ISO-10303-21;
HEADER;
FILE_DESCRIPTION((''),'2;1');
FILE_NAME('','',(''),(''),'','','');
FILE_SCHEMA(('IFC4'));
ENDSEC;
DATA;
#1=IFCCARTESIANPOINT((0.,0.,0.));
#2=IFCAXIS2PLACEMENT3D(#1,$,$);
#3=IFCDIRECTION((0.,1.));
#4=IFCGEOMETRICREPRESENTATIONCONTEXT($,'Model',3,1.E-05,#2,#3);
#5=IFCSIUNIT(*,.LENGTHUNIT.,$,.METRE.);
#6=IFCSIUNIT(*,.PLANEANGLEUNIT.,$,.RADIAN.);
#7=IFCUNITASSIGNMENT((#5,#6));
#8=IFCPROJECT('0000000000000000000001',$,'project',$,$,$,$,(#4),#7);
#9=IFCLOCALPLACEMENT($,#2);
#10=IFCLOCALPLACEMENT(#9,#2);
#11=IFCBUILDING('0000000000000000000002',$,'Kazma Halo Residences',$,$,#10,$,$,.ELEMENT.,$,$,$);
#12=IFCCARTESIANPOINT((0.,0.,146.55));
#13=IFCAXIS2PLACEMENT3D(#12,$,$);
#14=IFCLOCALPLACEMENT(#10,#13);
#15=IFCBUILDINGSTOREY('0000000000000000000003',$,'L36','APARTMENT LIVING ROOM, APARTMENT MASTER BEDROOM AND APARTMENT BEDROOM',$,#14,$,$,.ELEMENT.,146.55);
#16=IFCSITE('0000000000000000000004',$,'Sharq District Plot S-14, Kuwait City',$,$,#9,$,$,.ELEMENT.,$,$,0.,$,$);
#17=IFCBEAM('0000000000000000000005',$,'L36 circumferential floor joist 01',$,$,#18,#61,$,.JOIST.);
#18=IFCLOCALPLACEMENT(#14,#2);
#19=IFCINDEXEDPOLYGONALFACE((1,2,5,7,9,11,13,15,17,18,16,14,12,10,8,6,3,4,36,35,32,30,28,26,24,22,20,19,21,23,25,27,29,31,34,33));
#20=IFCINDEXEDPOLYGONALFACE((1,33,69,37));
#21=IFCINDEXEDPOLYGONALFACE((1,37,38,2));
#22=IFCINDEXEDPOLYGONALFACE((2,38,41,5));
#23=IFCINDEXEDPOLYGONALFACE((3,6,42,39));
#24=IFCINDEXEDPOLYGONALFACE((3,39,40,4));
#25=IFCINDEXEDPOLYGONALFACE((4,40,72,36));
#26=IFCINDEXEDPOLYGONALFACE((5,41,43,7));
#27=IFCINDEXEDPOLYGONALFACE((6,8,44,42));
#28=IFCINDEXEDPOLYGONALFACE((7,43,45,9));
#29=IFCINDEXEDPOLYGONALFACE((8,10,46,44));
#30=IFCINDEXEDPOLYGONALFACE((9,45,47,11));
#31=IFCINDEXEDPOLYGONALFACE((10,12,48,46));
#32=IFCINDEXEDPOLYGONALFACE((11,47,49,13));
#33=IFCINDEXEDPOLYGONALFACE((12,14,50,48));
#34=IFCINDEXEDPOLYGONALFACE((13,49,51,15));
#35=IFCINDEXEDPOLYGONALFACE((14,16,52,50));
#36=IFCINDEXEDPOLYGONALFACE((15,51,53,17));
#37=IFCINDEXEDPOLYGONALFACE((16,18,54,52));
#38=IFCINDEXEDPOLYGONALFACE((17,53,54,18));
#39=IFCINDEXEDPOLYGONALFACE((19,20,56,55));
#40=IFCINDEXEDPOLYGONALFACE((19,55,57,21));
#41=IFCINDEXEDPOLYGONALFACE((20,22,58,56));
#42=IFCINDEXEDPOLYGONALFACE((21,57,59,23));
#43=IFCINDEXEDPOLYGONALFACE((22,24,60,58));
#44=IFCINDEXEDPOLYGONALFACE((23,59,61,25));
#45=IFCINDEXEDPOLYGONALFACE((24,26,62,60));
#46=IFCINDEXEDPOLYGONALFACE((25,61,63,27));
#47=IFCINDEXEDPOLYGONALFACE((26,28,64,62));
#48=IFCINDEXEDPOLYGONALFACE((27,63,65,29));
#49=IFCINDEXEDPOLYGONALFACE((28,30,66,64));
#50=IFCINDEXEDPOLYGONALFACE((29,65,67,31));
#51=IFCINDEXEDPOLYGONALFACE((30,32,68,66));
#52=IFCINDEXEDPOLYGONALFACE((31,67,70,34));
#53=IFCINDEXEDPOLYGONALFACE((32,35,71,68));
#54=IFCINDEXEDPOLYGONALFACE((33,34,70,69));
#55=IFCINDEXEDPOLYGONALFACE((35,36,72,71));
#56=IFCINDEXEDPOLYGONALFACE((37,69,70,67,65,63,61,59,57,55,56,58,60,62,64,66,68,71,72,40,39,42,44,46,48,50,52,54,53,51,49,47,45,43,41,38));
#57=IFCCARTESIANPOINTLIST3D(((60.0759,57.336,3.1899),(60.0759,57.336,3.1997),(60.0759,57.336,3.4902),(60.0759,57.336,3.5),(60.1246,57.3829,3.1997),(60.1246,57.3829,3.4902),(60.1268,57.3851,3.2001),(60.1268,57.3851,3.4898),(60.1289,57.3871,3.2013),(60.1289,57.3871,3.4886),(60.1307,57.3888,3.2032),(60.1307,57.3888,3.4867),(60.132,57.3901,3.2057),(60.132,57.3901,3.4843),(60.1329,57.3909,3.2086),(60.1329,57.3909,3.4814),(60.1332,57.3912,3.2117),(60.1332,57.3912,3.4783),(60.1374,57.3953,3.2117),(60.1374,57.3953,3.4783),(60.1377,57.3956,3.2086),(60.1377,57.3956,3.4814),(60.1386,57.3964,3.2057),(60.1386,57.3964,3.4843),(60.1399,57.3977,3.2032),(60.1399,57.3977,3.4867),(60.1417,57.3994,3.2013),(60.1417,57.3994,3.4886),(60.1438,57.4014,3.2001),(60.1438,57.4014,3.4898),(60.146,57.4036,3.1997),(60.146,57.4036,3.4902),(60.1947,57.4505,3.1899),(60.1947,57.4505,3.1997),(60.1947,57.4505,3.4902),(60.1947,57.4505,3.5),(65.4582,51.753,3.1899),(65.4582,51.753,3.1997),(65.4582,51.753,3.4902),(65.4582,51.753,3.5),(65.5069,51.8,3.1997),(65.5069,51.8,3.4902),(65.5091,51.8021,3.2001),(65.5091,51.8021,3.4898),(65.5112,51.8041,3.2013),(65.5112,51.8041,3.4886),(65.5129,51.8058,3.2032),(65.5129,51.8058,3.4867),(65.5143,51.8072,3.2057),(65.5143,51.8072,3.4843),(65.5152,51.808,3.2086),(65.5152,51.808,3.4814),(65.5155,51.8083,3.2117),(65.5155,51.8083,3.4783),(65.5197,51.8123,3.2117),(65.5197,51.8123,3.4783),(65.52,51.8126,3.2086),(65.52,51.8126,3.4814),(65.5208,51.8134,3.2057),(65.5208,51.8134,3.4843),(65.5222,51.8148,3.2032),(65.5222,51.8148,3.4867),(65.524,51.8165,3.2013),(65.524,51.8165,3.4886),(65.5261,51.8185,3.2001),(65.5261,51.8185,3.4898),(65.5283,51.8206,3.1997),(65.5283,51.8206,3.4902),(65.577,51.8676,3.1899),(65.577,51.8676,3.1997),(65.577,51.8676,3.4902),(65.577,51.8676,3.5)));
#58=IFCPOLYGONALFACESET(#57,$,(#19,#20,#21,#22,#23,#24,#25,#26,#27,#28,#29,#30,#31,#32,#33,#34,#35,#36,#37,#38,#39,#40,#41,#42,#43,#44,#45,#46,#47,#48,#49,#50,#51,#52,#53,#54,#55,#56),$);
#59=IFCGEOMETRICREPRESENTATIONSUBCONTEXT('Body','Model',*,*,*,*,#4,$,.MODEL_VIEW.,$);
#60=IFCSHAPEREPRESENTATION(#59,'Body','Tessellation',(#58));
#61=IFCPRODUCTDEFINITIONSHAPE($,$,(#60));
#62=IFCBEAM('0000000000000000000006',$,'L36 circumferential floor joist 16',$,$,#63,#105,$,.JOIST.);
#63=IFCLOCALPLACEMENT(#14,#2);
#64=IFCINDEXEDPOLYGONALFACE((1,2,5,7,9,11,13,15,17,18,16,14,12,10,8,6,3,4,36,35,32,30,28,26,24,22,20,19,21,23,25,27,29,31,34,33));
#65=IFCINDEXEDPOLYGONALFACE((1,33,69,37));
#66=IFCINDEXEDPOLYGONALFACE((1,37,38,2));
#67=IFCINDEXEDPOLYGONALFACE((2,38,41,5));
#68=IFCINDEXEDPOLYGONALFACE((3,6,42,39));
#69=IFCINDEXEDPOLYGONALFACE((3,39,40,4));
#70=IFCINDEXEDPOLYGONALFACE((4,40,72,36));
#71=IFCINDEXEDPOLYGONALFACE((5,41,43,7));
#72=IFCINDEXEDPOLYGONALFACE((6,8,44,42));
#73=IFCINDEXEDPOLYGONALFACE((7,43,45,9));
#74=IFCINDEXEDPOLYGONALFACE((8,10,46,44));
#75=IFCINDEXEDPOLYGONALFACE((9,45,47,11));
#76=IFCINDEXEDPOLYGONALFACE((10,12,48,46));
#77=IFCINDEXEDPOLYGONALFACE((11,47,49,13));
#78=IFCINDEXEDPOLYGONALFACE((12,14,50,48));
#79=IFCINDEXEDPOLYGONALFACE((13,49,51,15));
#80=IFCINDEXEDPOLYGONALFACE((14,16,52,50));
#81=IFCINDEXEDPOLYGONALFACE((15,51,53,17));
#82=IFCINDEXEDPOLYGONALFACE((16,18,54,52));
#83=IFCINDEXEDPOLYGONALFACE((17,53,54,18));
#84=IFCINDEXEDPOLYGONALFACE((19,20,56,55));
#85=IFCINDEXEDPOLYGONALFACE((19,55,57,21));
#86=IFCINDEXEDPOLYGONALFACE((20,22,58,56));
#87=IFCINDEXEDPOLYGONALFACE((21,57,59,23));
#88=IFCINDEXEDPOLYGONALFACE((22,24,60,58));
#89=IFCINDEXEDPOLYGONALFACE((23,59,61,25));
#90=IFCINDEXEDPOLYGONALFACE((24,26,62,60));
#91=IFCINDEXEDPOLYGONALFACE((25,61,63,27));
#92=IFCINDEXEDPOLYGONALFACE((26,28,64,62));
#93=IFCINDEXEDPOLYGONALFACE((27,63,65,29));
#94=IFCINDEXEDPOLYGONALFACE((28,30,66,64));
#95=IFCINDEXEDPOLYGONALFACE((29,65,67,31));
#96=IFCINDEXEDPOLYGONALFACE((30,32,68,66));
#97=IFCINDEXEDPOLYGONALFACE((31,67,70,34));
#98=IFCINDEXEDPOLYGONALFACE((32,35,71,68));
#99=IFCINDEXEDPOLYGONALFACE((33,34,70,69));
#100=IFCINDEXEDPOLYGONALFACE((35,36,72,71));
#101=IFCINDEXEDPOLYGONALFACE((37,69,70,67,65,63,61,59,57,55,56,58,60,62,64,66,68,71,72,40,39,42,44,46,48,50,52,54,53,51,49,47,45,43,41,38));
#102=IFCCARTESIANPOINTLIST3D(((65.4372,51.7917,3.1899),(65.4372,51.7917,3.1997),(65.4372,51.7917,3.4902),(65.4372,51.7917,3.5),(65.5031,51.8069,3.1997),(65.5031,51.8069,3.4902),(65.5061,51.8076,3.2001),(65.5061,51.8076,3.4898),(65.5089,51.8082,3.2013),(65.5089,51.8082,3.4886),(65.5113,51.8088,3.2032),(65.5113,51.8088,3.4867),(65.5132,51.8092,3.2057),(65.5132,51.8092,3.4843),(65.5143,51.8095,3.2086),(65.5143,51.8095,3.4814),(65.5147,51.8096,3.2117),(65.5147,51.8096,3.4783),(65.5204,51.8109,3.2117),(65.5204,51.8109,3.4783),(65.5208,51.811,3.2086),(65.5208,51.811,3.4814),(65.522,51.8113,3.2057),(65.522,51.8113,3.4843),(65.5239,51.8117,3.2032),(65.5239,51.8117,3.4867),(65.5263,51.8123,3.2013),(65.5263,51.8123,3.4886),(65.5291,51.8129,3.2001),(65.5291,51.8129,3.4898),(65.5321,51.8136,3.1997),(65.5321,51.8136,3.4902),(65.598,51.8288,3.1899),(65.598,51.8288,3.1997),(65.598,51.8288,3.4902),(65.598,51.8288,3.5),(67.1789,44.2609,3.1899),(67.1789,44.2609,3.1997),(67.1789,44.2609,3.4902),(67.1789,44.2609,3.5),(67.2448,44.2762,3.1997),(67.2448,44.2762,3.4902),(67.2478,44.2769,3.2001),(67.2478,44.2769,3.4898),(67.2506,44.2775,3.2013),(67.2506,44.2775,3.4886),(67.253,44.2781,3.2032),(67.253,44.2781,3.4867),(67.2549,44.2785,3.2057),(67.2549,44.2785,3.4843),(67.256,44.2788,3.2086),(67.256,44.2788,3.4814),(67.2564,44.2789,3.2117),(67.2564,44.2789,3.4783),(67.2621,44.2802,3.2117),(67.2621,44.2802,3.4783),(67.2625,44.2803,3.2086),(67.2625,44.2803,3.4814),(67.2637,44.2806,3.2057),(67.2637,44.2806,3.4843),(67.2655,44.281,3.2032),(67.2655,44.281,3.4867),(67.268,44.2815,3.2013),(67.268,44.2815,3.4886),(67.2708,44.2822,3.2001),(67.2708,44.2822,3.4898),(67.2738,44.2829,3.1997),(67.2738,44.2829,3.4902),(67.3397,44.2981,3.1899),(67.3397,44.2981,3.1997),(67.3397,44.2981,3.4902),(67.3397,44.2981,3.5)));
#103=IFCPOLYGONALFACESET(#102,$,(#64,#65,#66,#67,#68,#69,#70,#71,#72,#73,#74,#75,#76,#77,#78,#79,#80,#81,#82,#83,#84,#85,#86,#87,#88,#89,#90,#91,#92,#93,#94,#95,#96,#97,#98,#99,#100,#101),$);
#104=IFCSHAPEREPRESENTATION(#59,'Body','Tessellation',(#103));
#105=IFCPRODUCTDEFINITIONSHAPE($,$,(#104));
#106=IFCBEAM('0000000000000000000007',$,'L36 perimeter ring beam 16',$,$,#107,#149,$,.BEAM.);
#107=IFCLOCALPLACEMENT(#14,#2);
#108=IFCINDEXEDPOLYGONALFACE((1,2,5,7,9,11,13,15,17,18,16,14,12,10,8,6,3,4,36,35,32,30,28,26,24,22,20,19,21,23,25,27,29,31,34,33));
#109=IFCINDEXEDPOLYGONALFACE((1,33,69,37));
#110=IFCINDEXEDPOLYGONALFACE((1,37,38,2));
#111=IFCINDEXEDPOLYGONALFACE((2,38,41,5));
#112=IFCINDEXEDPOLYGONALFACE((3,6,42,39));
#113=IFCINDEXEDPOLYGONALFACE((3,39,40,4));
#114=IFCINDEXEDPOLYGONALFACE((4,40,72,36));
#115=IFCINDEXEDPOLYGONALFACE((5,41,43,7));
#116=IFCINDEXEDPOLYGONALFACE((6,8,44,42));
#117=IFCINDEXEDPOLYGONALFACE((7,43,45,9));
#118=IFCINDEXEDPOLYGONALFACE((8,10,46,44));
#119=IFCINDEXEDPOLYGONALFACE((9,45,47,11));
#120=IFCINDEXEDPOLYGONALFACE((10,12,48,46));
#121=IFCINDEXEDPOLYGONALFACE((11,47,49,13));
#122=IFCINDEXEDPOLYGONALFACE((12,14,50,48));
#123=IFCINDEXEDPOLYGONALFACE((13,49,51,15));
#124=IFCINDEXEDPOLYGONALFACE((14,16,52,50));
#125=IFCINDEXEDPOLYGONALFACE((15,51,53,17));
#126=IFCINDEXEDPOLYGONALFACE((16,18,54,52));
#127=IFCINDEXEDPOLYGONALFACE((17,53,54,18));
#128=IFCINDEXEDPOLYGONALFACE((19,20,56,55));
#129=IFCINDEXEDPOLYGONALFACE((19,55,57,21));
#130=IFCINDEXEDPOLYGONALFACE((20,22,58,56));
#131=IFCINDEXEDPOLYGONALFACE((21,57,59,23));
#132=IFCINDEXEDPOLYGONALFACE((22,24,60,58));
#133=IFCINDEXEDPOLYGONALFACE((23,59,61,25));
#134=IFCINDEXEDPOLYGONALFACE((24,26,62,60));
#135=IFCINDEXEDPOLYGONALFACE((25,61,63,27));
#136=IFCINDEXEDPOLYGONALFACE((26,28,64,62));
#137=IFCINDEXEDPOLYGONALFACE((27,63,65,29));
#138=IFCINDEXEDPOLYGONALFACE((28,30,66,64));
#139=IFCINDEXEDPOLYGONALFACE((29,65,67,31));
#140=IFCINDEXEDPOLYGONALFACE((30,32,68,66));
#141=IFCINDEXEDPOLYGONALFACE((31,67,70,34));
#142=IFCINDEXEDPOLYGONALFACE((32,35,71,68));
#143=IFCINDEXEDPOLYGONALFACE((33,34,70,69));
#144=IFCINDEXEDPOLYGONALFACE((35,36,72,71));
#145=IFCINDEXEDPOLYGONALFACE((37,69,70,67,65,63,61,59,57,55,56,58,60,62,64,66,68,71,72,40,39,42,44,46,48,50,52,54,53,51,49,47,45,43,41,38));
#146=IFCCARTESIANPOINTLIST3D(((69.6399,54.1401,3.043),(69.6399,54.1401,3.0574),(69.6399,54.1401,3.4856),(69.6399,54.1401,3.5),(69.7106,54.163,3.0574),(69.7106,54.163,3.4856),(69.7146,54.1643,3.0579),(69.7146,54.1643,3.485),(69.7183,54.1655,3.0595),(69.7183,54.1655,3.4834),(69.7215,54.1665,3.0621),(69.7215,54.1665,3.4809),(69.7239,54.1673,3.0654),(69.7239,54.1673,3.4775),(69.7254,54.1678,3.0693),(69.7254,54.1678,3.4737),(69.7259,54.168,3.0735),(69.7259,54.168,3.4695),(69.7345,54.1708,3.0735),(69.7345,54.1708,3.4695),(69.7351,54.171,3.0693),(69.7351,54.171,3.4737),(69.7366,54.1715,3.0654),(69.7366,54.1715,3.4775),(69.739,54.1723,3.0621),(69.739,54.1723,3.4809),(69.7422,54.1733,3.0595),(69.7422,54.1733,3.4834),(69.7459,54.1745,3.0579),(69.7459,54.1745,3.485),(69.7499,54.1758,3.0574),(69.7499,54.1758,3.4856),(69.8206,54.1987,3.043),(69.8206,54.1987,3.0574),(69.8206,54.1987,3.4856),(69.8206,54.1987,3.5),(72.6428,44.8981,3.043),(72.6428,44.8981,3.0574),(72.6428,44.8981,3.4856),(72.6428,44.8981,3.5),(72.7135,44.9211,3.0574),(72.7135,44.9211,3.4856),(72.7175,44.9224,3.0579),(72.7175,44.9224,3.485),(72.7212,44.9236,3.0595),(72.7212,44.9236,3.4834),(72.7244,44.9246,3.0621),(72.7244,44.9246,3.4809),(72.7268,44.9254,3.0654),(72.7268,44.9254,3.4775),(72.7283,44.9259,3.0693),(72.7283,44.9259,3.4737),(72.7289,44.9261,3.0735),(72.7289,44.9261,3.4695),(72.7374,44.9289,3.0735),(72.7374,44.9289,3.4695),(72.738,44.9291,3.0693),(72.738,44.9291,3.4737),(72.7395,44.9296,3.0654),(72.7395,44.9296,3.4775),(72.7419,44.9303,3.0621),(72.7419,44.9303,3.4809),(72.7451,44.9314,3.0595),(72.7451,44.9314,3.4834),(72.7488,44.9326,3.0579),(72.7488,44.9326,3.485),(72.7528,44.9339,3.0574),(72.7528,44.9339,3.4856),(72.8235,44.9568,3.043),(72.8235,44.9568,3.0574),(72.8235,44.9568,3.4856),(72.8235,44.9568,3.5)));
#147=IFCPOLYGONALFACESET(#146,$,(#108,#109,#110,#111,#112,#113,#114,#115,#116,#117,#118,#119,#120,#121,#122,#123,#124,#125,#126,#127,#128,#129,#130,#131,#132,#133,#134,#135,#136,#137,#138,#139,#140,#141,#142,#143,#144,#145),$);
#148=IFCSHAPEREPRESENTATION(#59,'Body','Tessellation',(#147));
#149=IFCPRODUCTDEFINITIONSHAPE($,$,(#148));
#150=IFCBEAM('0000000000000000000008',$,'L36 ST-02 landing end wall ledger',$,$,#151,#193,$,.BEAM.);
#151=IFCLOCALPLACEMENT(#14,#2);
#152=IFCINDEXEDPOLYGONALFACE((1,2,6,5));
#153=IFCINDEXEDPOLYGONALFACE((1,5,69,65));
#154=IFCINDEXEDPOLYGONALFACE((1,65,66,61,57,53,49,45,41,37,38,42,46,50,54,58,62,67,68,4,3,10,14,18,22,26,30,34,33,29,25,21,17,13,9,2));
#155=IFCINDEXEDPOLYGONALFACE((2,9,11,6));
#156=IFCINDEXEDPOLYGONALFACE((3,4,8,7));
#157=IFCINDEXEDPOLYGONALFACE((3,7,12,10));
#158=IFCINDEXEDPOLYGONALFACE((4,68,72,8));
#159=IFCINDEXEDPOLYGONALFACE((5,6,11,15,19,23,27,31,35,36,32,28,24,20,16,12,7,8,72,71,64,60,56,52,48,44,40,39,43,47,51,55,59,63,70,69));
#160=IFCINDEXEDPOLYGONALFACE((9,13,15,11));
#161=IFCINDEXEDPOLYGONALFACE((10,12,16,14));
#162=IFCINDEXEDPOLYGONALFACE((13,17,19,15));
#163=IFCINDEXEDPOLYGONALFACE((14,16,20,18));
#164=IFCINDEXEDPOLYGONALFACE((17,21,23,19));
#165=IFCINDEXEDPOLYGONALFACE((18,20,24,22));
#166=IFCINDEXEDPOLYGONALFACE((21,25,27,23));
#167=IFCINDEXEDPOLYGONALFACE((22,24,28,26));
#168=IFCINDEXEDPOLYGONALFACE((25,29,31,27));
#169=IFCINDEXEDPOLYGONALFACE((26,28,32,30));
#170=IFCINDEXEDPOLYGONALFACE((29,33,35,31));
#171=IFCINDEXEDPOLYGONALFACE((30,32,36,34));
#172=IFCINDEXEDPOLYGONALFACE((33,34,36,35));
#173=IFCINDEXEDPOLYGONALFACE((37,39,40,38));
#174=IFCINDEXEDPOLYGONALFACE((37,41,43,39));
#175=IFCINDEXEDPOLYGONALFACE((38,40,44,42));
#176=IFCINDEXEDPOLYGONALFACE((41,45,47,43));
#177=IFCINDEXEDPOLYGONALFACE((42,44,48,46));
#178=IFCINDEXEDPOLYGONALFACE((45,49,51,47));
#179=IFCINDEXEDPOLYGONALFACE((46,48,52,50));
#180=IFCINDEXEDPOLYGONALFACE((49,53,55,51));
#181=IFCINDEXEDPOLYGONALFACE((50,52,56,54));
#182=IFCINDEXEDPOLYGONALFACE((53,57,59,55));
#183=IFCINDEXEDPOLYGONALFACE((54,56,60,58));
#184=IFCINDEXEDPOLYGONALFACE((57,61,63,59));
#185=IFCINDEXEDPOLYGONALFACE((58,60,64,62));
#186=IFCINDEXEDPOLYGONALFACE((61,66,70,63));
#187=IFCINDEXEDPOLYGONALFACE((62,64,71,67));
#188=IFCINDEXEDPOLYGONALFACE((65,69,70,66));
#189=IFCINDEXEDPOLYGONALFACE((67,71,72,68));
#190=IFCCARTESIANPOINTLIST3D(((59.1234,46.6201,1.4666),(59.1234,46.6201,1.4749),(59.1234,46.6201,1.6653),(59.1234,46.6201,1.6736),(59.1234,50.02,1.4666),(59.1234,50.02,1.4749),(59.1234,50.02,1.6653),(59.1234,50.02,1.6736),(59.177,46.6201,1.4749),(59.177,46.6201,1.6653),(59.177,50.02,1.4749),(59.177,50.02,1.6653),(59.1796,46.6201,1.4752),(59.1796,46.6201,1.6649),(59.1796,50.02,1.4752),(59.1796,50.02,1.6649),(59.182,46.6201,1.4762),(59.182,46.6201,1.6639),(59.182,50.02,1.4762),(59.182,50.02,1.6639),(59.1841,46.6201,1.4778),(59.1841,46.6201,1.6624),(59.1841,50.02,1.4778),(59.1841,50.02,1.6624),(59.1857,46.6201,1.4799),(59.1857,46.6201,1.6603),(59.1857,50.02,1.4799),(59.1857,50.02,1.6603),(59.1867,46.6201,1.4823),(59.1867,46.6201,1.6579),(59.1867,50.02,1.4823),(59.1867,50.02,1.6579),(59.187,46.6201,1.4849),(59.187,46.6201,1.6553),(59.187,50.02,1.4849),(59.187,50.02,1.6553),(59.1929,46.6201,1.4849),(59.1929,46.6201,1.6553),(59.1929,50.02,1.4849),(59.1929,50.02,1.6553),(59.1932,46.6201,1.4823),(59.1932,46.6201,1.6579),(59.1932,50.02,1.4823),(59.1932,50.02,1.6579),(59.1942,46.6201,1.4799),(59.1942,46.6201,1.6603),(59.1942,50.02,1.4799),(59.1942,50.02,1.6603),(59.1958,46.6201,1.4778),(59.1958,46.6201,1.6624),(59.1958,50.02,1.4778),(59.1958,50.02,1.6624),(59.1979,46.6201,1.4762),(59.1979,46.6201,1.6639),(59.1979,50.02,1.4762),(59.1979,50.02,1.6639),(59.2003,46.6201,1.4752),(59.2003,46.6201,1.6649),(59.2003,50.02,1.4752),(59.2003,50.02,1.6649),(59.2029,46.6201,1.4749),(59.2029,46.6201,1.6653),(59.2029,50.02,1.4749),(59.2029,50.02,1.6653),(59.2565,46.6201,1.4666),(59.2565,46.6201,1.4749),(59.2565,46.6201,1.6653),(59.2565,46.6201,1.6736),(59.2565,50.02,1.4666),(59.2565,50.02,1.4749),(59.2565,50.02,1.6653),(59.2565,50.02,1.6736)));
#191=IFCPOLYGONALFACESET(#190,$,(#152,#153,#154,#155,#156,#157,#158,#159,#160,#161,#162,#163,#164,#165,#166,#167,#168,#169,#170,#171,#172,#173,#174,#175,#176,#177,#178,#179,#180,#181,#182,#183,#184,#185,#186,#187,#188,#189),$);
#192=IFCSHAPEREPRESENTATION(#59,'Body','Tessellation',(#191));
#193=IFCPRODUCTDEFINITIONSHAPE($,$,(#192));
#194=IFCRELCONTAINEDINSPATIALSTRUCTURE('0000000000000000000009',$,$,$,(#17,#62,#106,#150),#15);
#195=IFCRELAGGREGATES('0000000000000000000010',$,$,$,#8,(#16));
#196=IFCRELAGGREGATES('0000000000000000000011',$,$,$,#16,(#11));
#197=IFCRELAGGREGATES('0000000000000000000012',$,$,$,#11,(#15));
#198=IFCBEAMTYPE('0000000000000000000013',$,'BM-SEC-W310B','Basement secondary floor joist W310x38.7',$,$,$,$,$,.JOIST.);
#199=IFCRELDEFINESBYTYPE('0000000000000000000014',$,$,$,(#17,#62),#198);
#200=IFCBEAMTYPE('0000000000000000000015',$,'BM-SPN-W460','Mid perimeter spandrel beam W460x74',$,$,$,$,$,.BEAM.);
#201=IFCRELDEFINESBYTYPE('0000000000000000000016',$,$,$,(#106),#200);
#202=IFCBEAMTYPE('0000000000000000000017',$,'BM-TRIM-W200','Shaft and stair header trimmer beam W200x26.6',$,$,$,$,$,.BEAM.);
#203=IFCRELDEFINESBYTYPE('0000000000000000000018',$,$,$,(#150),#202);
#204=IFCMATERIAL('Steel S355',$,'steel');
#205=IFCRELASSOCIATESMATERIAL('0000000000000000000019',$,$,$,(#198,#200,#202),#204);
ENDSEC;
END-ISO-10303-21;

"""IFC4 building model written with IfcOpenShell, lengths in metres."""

from ifc_helpers import new_model, si_unit, direction, frame, origin, origin_2d, place, context, subcontext, project, spatial, i_section, extrude, material, material_profile, profile_set, type_object, element, save


model = new_model("IFC4")

# Units and contexts
model_context = context("Model", 3, precision=1e-05, world=origin(), true_north=direction((0.0, 1.0)))
body_context = subcontext(model_context, "Body", "Model", "MODEL_VIEW")
ifc_project = project(units=[si_unit("LENGTHUNIT", "METRE"), si_unit("PLANEANGLEUNIT", "RADIAN")], contexts=[model_context])

# Site, building, storey
site_placement = place(None, origin())
site = spatial("IfcSite", under=ifc_project, at=site_placement, Name="Sharq District Plot S-14, Kuwait City", CompositionType="ELEMENT", RefElevation=0.0)
building_placement = place(site_placement, origin())
building = spatial("IfcBuilding", under=site, at=building_placement, Name="Kazma Halo Residences", CompositionType="ELEMENT")
storey_placement = place(building_placement, frame((0.0, 0.0, 146.55)))
storey = spatial("IfcBuildingStorey", under=building, at=storey_placement, Name="L36", Description="APARTMENT LIVING ROOM, APARTMENT MASTER BEDROOM AND APARTMENT BEDROOM", CompositionType="ELEMENT", Elevation=146.55)

# Beams
ifc_material_1 = material(Name="Steel S355", Category="steel")
ifc_material_profile_1 = material_profile(ifc_material_1, i_section(OverallWidth=0.165, OverallDepth=0.3101, WebThickness=0.0059, FlangeThickness=0.0098, FilletRadius=0.012, at=origin_2d()), Name="W310x38.7")
ifc_profile_set_1 = profile_set([ifc_material_profile_1], Name="Steel S355")
beam_type_1 = type_object("IfcBeamType", Name="BM-SEC-W310B", Description="Basement secondary floor joist W310x38.7", PredefinedType="JOIST", material=ifc_profile_set_1)
beam_1_placement = place(storey_placement, frame((65.5176, 51.8103, 3.345), z_axis=(-0.694049, 0.719927, 0.0), x_axis=(-0.719927, -0.694049, 0.0)))
element("IfcBeam", 1, at=beam_1_placement, inside=storey, type_object=beam_type_1, Name="L36 circumferential floor joist 01", PredefinedType="JOIST", context=body_context, shape_type="SweptSolid", body=[
    extrude(i_section(OverallWidth=0.165, OverallDepth=0.3101, WebThickness=0.0059, FlangeThickness=0.0098, FilletRadius=0.012, at=origin_2d()), origin(), (0.0, 0.0, 1.0), 7.7549),
])
beam_2_placement = place(storey_placement, frame((67.2593, 44.2795, 3.345), z_axis=(-0.22533, 0.974282, 0.0), x_axis=(-0.974282, -0.22533, 0.0)))
element("IfcBeam", 2, at=beam_2_placement, inside=storey, type_object=beam_type_1, Name="L36 circumferential floor joist 16", PredefinedType="JOIST", context=body_context, shape_type="SweptSolid", body=[
    extrude(i_section(OverallWidth=0.165, OverallDepth=0.3101, WebThickness=0.0059, FlangeThickness=0.0098, FilletRadius=0.012, at=origin_2d()), origin(), (0.0, 0.0, 1.0), 7.7295),
])
ifc_material_profile_2 = material_profile(ifc_material_1, i_section(OverallWidth=0.1899, OverallDepth=0.457, WebThickness=0.009, FlangeThickness=0.0144, FilletRadius=0.0161, at=origin_2d()), Name="W460x74")
ifc_profile_set_2 = profile_set([ifc_material_profile_2], Name="Steel S355")
beam_type_2 = type_object("IfcBeamType", Name="BM-SPN-W460", Description="Mid perimeter spandrel beam W460x74", PredefinedType="BEAM", material=ifc_profile_set_2)
beam_3_placement = place(storey_placement, frame((72.7332, 44.9275, 3.2715), z_axis=(-0.309021, 0.951055, 0.0), x_axis=(-0.951055, -0.309021, 0.0)))
element("IfcBeam", 3, at=beam_3_placement, inside=storey, type_object=beam_type_2, Name="L36 perimeter ring beam 16", PredefinedType="BEAM", context=body_context, shape_type="SweptSolid", body=[
    extrude(i_section(OverallWidth=0.1899, OverallDepth=0.457, WebThickness=0.009, FlangeThickness=0.0144, FilletRadius=0.0161, at=origin_2d()), origin(), (0.0, 0.0, 1.0), 9.7175),
])
ifc_material_profile_3 = material_profile(ifc_material_1, i_section(OverallWidth=0.1331, OverallDepth=0.207, WebThickness=0.0059, FlangeThickness=0.0083, FilletRadius=0.01, at=origin_2d()), Name="W200x26.6")
ifc_profile_set_3 = profile_set([ifc_material_profile_3], Name="Steel S355")
beam_type_3 = type_object("IfcBeamType", Name="BM-TRIM-W200", Description="Shaft and stair header trimmer beam W200x26.6", PredefinedType="BEAM", material=ifc_profile_set_3)
beam_4_placement = place(storey_placement, frame((59.1899, 46.6201, 1.5701), z_axis=(0.0, 1.0, 0.0), x_axis=(-1.0, 0.0, 0.0)))
element("IfcBeam", 4, at=beam_4_placement, inside=storey, type_object=beam_type_3, Name="L36 ST-02 landing end wall ledger", PredefinedType="BEAM", context=body_context, shape_type="SweptSolid", body=[
    extrude(i_section(OverallWidth=0.1331, OverallDepth=0.207, WebThickness=0.0059, FlangeThickness=0.0083, FilletRadius=0.01, at=origin_2d()), origin(), (0.0, 0.0, 1.0), 3.3999),
])

save(model, "model.ifc")
